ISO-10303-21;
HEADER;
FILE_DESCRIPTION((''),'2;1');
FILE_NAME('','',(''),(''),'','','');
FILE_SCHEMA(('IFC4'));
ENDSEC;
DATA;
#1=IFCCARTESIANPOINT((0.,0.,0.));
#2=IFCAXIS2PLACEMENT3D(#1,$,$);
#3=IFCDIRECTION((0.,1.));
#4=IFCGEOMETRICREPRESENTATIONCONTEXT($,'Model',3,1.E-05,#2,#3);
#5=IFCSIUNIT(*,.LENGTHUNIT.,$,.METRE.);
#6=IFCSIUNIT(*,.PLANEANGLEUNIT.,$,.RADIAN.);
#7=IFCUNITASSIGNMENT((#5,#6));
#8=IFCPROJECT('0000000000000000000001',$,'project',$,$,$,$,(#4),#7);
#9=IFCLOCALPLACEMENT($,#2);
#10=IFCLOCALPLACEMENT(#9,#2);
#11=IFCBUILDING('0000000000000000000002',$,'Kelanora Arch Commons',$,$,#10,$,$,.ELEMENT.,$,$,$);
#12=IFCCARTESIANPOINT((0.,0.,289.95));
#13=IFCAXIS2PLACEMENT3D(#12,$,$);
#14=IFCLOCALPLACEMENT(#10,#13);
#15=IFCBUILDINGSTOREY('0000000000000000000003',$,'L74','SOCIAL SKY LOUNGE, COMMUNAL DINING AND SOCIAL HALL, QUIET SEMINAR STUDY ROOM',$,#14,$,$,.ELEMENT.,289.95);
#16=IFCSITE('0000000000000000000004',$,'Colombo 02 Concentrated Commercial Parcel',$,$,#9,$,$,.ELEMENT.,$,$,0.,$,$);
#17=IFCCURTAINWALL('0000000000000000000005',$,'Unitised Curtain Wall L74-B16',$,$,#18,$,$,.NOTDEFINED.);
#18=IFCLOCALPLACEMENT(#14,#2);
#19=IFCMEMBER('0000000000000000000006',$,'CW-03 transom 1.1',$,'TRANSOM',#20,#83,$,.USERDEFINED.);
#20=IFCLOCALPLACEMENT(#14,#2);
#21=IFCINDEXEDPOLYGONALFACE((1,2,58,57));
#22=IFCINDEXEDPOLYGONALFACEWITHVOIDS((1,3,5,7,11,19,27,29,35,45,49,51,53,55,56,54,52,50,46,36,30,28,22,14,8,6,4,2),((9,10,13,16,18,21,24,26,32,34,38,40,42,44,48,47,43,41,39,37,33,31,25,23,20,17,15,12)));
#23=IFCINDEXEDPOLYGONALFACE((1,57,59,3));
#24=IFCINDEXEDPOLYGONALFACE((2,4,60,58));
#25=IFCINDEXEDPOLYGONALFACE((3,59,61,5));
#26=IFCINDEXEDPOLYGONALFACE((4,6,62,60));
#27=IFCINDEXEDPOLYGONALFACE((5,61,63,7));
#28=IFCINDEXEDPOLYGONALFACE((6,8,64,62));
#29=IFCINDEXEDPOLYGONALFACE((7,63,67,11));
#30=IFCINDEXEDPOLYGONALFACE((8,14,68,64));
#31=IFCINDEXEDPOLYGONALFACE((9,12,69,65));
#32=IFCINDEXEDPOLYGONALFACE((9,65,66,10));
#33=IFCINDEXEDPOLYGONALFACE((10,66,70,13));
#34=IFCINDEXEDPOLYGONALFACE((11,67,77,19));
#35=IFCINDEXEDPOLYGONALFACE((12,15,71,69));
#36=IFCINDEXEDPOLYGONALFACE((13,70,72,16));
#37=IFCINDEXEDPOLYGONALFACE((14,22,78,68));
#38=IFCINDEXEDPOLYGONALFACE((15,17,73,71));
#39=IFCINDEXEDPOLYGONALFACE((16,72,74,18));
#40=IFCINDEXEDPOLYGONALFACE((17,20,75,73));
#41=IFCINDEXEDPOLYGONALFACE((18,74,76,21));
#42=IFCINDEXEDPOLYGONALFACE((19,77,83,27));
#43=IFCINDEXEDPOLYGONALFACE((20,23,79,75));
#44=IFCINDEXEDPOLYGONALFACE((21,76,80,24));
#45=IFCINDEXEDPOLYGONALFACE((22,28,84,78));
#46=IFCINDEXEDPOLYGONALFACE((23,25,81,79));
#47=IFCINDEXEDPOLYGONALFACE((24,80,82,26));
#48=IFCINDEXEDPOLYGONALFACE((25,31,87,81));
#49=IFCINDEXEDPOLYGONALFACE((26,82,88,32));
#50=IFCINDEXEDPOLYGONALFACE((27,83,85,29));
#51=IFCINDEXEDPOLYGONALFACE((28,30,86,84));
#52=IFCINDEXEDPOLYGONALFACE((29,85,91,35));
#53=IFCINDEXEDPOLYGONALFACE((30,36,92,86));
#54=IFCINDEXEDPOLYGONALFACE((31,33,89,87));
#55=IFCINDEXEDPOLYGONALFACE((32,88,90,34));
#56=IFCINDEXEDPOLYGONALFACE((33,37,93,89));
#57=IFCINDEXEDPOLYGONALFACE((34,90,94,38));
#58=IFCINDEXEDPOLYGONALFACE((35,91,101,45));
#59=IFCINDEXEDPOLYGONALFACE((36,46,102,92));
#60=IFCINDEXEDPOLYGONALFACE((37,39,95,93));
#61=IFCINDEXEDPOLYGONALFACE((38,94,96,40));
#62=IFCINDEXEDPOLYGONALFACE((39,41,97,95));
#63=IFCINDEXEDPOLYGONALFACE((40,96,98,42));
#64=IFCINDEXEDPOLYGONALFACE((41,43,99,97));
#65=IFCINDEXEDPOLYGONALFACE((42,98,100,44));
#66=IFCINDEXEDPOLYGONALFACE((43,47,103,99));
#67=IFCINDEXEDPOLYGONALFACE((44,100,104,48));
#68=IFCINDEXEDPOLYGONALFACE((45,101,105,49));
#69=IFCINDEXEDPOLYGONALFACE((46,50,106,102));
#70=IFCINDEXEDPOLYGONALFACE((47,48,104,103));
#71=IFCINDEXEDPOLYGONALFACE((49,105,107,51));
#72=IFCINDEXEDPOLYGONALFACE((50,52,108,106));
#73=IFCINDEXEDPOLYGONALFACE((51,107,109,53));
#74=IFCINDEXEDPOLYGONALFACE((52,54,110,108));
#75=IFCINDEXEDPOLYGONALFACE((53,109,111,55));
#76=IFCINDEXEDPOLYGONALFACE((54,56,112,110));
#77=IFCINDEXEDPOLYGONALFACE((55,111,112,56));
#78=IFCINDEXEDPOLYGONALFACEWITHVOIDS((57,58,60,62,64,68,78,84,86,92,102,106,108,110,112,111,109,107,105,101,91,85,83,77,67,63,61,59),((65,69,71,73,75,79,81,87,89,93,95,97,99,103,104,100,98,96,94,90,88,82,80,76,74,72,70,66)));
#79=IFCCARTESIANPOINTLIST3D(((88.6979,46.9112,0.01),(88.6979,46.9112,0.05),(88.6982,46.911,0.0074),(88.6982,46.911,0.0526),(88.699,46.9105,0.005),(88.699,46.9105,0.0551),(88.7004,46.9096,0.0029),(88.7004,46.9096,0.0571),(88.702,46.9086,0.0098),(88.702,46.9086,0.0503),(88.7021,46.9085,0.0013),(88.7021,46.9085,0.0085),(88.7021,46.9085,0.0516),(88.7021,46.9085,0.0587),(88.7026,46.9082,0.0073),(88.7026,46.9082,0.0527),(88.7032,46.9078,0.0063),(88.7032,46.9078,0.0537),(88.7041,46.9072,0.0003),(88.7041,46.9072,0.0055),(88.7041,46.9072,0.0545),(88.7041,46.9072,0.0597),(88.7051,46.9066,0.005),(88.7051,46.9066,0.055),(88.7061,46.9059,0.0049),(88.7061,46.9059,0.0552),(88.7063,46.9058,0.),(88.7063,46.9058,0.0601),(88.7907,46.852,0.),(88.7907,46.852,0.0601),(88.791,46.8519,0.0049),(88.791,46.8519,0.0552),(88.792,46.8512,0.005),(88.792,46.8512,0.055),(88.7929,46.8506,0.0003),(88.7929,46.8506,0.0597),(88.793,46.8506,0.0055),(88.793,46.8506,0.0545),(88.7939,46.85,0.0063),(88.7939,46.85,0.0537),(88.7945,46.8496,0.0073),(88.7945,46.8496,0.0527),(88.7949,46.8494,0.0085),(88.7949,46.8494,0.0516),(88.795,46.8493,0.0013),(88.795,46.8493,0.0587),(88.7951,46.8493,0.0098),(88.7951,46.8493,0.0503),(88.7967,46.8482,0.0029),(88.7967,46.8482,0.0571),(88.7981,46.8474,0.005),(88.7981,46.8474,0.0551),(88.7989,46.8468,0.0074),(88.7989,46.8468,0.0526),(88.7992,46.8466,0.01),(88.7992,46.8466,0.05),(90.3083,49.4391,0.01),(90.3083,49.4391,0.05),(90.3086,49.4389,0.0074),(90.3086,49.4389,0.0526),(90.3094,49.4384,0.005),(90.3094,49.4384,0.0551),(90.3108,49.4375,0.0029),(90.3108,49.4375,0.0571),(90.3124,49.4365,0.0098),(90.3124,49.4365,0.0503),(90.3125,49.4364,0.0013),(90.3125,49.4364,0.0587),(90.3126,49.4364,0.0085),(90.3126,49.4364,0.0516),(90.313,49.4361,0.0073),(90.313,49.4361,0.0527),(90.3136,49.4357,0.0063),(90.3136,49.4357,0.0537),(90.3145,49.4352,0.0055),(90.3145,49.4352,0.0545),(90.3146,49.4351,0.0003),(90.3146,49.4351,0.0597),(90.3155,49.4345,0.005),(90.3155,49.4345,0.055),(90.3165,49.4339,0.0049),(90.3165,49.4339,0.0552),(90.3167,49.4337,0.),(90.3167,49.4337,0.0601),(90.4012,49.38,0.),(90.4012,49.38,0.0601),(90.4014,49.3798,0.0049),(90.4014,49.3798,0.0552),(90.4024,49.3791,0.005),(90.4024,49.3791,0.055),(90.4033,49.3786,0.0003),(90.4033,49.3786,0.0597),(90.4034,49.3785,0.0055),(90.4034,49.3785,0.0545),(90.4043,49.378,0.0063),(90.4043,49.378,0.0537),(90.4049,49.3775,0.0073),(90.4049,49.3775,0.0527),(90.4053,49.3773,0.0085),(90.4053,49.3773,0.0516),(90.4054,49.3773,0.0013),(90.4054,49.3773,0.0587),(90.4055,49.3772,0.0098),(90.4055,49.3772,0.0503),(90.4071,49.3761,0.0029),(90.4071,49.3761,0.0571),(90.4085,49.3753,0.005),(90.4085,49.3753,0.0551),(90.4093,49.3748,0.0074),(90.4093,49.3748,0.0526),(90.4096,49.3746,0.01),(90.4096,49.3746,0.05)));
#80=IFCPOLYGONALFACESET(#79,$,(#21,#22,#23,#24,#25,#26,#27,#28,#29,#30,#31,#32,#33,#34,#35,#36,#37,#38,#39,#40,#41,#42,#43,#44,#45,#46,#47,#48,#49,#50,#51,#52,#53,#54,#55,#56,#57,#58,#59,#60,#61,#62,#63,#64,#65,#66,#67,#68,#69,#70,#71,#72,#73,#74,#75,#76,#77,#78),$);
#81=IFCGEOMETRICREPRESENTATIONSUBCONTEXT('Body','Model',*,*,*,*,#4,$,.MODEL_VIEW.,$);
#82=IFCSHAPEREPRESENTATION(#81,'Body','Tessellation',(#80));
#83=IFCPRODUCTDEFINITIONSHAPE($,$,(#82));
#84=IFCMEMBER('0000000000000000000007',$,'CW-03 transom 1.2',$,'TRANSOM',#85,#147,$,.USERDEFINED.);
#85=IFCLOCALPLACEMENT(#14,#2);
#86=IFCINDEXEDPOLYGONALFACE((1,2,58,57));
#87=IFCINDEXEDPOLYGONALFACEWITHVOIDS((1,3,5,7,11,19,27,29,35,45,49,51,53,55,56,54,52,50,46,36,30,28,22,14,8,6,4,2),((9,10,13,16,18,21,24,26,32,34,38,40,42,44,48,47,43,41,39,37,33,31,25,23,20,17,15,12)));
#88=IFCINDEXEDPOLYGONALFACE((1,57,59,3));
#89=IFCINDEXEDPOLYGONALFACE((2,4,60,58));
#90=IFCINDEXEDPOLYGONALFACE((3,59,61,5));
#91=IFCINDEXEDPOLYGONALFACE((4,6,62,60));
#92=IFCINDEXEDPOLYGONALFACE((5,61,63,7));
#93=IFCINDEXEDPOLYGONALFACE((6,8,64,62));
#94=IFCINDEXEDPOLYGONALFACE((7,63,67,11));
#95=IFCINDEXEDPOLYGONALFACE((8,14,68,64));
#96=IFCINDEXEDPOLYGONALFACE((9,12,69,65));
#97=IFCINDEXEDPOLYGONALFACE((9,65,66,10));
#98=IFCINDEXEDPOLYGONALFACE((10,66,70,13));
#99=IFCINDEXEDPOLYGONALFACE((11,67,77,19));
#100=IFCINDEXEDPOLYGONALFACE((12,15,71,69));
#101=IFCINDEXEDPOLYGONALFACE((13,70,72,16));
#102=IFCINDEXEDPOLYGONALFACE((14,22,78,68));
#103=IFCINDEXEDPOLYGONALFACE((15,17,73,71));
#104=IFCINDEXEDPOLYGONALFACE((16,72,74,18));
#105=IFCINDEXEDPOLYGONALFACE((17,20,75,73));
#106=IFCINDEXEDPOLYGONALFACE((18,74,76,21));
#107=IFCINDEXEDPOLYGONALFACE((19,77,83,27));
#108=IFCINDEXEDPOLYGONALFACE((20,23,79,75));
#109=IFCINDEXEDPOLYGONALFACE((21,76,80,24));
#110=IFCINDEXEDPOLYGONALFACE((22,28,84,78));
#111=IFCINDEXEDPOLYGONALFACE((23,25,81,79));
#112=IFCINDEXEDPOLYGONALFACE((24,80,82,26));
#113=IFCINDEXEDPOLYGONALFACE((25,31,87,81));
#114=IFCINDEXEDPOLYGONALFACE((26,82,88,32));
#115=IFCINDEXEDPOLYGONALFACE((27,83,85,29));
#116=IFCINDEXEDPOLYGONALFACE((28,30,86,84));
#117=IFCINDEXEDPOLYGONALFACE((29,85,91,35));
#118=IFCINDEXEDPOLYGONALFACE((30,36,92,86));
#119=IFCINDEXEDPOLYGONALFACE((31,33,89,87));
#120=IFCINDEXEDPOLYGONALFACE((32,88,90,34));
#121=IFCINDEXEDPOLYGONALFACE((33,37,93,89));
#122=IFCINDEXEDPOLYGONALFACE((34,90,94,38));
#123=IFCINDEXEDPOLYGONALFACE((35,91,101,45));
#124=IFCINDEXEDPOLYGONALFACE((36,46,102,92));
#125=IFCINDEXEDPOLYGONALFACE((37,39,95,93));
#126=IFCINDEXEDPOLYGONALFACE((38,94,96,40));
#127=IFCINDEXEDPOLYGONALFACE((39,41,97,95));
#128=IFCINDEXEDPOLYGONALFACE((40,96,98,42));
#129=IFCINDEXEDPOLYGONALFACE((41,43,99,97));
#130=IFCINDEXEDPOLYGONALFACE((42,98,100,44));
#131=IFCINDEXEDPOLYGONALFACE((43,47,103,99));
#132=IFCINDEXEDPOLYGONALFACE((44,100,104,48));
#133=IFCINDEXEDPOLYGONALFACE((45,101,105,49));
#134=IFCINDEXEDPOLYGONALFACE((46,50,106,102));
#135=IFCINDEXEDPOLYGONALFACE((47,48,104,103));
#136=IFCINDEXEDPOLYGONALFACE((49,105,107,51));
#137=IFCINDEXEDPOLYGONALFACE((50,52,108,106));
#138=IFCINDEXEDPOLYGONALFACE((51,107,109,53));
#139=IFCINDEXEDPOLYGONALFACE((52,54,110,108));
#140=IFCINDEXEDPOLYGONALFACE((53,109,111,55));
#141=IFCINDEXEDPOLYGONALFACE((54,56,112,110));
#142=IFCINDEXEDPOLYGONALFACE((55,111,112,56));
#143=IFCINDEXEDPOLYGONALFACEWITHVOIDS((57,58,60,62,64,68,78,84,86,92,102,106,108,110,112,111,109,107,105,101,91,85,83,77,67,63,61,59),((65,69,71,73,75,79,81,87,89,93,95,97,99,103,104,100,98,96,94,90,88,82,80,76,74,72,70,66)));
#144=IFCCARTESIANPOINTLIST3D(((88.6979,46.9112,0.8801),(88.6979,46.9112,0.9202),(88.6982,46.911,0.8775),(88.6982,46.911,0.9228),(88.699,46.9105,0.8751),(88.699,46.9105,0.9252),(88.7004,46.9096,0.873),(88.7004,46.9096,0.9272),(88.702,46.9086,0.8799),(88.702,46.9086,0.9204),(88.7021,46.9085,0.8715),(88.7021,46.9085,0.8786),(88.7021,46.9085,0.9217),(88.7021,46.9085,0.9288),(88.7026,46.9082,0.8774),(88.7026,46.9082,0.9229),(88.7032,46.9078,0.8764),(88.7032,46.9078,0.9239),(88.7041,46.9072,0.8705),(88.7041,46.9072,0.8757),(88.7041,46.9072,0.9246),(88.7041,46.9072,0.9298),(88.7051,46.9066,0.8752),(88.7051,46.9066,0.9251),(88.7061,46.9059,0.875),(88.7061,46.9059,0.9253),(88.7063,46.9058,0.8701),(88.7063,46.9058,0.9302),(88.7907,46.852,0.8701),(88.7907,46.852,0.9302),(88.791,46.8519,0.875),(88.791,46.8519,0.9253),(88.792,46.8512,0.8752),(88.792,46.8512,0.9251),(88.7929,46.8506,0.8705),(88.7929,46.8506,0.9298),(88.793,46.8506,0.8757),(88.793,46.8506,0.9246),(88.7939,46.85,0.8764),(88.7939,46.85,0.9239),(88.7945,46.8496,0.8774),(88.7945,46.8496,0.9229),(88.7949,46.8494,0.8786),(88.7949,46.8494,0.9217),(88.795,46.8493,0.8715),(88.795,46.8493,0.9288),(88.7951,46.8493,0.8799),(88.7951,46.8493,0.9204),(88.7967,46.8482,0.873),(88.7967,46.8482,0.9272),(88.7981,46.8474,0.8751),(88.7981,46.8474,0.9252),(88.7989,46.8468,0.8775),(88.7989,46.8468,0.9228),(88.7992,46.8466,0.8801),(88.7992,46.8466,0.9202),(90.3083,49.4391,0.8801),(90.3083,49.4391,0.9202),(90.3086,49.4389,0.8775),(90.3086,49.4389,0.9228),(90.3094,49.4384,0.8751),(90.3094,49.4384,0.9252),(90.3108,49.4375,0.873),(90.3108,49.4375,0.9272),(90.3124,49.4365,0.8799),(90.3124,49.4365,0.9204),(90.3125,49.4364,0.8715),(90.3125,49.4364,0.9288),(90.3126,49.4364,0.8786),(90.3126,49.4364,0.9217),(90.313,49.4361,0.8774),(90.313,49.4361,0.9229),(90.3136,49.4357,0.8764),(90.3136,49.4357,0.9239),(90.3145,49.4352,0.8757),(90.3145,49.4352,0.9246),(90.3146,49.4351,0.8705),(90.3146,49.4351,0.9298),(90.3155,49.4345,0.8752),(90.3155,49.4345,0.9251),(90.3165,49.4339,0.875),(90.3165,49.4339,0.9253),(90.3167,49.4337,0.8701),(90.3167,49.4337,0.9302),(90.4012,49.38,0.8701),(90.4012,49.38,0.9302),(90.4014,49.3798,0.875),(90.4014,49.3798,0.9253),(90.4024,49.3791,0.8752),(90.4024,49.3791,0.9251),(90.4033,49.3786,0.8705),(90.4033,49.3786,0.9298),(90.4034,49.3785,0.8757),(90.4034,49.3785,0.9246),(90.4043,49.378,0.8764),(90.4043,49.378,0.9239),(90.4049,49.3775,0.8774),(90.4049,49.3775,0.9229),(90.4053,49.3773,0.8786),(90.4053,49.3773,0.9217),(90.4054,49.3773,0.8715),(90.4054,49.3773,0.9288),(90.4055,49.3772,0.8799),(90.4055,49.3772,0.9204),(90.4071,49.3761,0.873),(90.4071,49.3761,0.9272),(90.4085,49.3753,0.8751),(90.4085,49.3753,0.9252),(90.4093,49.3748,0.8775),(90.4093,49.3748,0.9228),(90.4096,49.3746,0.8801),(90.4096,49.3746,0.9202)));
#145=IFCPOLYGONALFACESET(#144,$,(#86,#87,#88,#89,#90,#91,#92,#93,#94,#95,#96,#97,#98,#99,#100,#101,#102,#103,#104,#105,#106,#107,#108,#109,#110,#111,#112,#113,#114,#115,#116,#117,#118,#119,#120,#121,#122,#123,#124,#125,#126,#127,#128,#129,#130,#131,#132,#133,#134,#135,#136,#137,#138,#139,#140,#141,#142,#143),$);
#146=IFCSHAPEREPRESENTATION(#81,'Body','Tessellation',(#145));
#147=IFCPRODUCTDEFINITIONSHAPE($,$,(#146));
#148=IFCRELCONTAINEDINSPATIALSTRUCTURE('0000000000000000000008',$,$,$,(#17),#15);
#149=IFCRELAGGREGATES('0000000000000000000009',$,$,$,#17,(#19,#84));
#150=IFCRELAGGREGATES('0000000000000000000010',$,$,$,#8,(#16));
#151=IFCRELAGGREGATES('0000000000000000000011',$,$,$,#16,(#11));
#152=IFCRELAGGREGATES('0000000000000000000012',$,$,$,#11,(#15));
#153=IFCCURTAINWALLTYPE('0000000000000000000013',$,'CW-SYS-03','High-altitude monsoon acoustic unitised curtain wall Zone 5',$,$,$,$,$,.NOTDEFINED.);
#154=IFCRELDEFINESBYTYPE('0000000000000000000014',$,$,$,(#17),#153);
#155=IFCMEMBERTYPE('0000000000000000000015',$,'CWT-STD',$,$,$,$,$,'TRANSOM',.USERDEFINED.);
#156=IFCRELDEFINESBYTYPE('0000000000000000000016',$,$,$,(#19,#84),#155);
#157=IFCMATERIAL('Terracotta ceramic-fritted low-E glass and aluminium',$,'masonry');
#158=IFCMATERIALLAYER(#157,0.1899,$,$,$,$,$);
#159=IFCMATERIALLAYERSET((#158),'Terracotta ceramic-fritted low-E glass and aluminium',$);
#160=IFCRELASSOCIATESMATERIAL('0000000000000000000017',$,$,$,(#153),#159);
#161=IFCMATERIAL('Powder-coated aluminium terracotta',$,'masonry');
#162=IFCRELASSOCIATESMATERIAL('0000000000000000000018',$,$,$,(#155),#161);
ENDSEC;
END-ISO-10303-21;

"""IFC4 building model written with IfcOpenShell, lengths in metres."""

from ifc_helpers import new_model, si_unit, direction, frame, origin, origin_2d, place, context, subcontext, project, spatial, hollow_rectangle, extrude, material, layer, layer_set, material_profile, profile_set, type_object, element, aggregate, save


model = new_model("IFC4")

# Units and contexts
model_context = context("Model", 3, precision=1e-05, world=origin(), true_north=direction((0.0, 1.0)))
body_context = subcontext(model_context, "Body", "Model", "MODEL_VIEW")
ifc_project = project(units=[si_unit("LENGTHUNIT", "METRE"), si_unit("PLANEANGLEUNIT", "RADIAN")], contexts=[model_context])

# Site, building, storey
site_placement = place(None, origin())
site = spatial("IfcSite", under=ifc_project, at=site_placement, Name="Colombo 02 Concentrated Commercial Parcel", CompositionType="ELEMENT", RefElevation=0.0)
building_placement = place(site_placement, origin())
building = spatial("IfcBuilding", under=site, at=building_placement, Name="Kelanora Arch Commons", CompositionType="ELEMENT")
storey_placement = place(building_placement, frame((0.0, 0.0, 289.95)))
storey = spatial("IfcBuildingStorey", under=building, at=storey_placement, Name="L74", Description="SOCIAL SKY LOUNGE, COMMUNAL DINING AND SOCIAL HALL, QUIET SEMINAR STUDY ROOM", CompositionType="ELEMENT", Elevation=289.95)

# Shared definitions
ifc_material_1 = material(Name="Terracotta ceramic-fritted low-E glass and aluminium", Category="masonry")
ifc_layer_1 = layer(ifc_material_1, 0.1899)
ifc_layer_set_1 = layer_set([ifc_layer_1], Name="Terracotta ceramic-fritted low-E glass and aluminium")
curtain_wall_type = type_object("IfcCurtainWallType", Name="CW-SYS-03", Description="High-altitude monsoon acoustic unitised curtain wall Zone 5", PredefinedType="NOTDEFINED", material=ifc_layer_set_1)
ifc_material_2 = material(Name="Powder-coated aluminium terracotta", Category="masonry")

# Curtain wall, members
curtain_wall_1_placement = place(storey_placement, origin())
curtain_wall_1 = element("IfcCurtainWall", 1, at=curtain_wall_1_placement, inside=storey, type_object=curtain_wall_type, Name="Unitised Curtain Wall L74-B16", PredefinedType="NOTDEFINED")
ifc_material_profile_1 = material_profile(ifc_material_2, hollow_rectangle(XDim=0.1201, YDim=0.0601, WallThickness=0.0049, InnerFilletRadius=0.0049, OuterFilletRadius=0.01, at=origin_2d()), Name="CWT120x60")
ifc_profile_set_1 = profile_set([ifc_material_profile_1], Name="Powder-coated aluminium terracotta")
member_type_1 = type_object("IfcMemberType", Name="CWT-STD", ElementType="TRANSOM", PredefinedType="USERDEFINED", material=ifc_profile_set_1)
member_1_placement = place(storey_placement, frame((88.7485, 46.8789, 0.03), z_axis=(0.537287, 0.8434, 0.0), x_axis=(-0.8434, 0.537287, 0.0)))
member_1 = element("IfcMember", 2, at=member_1_placement, type_object=member_type_1, Name="CW-03 transom 1.1", ObjectType="TRANSOM", PredefinedType="USERDEFINED", context=body_context, shape_type="SweptSolid", body=[
    extrude(hollow_rectangle(XDim=0.1201, YDim=0.0601, WallThickness=0.0049, InnerFilletRadius=0.0049, OuterFilletRadius=0.01, at=origin_2d()), origin(), (0.0, 0.0, 1.0), 2.9973),
])
member_2_placement = place(storey_placement, frame((88.7485, 46.8789, 0.9001), z_axis=(0.537287, 0.8434, 0.0), x_axis=(-0.8434, 0.537287, 0.0)))
member_2 = element("IfcMember", 3, at=member_2_placement, type_object=member_type_1, Name="CW-03 transom 1.2", ObjectType="TRANSOM", PredefinedType="USERDEFINED", context=body_context, shape_type="SweptSolid", body=[
    extrude(hollow_rectangle(XDim=0.1201, YDim=0.0601, WallThickness=0.0049, InnerFilletRadius=0.0049, OuterFilletRadius=0.01, at=origin_2d()), origin(), (0.0, 0.0, 1.0), 2.9973),
])
aggregate(curtain_wall_1, [member_1, member_2])

save(model, "model.ifc")
